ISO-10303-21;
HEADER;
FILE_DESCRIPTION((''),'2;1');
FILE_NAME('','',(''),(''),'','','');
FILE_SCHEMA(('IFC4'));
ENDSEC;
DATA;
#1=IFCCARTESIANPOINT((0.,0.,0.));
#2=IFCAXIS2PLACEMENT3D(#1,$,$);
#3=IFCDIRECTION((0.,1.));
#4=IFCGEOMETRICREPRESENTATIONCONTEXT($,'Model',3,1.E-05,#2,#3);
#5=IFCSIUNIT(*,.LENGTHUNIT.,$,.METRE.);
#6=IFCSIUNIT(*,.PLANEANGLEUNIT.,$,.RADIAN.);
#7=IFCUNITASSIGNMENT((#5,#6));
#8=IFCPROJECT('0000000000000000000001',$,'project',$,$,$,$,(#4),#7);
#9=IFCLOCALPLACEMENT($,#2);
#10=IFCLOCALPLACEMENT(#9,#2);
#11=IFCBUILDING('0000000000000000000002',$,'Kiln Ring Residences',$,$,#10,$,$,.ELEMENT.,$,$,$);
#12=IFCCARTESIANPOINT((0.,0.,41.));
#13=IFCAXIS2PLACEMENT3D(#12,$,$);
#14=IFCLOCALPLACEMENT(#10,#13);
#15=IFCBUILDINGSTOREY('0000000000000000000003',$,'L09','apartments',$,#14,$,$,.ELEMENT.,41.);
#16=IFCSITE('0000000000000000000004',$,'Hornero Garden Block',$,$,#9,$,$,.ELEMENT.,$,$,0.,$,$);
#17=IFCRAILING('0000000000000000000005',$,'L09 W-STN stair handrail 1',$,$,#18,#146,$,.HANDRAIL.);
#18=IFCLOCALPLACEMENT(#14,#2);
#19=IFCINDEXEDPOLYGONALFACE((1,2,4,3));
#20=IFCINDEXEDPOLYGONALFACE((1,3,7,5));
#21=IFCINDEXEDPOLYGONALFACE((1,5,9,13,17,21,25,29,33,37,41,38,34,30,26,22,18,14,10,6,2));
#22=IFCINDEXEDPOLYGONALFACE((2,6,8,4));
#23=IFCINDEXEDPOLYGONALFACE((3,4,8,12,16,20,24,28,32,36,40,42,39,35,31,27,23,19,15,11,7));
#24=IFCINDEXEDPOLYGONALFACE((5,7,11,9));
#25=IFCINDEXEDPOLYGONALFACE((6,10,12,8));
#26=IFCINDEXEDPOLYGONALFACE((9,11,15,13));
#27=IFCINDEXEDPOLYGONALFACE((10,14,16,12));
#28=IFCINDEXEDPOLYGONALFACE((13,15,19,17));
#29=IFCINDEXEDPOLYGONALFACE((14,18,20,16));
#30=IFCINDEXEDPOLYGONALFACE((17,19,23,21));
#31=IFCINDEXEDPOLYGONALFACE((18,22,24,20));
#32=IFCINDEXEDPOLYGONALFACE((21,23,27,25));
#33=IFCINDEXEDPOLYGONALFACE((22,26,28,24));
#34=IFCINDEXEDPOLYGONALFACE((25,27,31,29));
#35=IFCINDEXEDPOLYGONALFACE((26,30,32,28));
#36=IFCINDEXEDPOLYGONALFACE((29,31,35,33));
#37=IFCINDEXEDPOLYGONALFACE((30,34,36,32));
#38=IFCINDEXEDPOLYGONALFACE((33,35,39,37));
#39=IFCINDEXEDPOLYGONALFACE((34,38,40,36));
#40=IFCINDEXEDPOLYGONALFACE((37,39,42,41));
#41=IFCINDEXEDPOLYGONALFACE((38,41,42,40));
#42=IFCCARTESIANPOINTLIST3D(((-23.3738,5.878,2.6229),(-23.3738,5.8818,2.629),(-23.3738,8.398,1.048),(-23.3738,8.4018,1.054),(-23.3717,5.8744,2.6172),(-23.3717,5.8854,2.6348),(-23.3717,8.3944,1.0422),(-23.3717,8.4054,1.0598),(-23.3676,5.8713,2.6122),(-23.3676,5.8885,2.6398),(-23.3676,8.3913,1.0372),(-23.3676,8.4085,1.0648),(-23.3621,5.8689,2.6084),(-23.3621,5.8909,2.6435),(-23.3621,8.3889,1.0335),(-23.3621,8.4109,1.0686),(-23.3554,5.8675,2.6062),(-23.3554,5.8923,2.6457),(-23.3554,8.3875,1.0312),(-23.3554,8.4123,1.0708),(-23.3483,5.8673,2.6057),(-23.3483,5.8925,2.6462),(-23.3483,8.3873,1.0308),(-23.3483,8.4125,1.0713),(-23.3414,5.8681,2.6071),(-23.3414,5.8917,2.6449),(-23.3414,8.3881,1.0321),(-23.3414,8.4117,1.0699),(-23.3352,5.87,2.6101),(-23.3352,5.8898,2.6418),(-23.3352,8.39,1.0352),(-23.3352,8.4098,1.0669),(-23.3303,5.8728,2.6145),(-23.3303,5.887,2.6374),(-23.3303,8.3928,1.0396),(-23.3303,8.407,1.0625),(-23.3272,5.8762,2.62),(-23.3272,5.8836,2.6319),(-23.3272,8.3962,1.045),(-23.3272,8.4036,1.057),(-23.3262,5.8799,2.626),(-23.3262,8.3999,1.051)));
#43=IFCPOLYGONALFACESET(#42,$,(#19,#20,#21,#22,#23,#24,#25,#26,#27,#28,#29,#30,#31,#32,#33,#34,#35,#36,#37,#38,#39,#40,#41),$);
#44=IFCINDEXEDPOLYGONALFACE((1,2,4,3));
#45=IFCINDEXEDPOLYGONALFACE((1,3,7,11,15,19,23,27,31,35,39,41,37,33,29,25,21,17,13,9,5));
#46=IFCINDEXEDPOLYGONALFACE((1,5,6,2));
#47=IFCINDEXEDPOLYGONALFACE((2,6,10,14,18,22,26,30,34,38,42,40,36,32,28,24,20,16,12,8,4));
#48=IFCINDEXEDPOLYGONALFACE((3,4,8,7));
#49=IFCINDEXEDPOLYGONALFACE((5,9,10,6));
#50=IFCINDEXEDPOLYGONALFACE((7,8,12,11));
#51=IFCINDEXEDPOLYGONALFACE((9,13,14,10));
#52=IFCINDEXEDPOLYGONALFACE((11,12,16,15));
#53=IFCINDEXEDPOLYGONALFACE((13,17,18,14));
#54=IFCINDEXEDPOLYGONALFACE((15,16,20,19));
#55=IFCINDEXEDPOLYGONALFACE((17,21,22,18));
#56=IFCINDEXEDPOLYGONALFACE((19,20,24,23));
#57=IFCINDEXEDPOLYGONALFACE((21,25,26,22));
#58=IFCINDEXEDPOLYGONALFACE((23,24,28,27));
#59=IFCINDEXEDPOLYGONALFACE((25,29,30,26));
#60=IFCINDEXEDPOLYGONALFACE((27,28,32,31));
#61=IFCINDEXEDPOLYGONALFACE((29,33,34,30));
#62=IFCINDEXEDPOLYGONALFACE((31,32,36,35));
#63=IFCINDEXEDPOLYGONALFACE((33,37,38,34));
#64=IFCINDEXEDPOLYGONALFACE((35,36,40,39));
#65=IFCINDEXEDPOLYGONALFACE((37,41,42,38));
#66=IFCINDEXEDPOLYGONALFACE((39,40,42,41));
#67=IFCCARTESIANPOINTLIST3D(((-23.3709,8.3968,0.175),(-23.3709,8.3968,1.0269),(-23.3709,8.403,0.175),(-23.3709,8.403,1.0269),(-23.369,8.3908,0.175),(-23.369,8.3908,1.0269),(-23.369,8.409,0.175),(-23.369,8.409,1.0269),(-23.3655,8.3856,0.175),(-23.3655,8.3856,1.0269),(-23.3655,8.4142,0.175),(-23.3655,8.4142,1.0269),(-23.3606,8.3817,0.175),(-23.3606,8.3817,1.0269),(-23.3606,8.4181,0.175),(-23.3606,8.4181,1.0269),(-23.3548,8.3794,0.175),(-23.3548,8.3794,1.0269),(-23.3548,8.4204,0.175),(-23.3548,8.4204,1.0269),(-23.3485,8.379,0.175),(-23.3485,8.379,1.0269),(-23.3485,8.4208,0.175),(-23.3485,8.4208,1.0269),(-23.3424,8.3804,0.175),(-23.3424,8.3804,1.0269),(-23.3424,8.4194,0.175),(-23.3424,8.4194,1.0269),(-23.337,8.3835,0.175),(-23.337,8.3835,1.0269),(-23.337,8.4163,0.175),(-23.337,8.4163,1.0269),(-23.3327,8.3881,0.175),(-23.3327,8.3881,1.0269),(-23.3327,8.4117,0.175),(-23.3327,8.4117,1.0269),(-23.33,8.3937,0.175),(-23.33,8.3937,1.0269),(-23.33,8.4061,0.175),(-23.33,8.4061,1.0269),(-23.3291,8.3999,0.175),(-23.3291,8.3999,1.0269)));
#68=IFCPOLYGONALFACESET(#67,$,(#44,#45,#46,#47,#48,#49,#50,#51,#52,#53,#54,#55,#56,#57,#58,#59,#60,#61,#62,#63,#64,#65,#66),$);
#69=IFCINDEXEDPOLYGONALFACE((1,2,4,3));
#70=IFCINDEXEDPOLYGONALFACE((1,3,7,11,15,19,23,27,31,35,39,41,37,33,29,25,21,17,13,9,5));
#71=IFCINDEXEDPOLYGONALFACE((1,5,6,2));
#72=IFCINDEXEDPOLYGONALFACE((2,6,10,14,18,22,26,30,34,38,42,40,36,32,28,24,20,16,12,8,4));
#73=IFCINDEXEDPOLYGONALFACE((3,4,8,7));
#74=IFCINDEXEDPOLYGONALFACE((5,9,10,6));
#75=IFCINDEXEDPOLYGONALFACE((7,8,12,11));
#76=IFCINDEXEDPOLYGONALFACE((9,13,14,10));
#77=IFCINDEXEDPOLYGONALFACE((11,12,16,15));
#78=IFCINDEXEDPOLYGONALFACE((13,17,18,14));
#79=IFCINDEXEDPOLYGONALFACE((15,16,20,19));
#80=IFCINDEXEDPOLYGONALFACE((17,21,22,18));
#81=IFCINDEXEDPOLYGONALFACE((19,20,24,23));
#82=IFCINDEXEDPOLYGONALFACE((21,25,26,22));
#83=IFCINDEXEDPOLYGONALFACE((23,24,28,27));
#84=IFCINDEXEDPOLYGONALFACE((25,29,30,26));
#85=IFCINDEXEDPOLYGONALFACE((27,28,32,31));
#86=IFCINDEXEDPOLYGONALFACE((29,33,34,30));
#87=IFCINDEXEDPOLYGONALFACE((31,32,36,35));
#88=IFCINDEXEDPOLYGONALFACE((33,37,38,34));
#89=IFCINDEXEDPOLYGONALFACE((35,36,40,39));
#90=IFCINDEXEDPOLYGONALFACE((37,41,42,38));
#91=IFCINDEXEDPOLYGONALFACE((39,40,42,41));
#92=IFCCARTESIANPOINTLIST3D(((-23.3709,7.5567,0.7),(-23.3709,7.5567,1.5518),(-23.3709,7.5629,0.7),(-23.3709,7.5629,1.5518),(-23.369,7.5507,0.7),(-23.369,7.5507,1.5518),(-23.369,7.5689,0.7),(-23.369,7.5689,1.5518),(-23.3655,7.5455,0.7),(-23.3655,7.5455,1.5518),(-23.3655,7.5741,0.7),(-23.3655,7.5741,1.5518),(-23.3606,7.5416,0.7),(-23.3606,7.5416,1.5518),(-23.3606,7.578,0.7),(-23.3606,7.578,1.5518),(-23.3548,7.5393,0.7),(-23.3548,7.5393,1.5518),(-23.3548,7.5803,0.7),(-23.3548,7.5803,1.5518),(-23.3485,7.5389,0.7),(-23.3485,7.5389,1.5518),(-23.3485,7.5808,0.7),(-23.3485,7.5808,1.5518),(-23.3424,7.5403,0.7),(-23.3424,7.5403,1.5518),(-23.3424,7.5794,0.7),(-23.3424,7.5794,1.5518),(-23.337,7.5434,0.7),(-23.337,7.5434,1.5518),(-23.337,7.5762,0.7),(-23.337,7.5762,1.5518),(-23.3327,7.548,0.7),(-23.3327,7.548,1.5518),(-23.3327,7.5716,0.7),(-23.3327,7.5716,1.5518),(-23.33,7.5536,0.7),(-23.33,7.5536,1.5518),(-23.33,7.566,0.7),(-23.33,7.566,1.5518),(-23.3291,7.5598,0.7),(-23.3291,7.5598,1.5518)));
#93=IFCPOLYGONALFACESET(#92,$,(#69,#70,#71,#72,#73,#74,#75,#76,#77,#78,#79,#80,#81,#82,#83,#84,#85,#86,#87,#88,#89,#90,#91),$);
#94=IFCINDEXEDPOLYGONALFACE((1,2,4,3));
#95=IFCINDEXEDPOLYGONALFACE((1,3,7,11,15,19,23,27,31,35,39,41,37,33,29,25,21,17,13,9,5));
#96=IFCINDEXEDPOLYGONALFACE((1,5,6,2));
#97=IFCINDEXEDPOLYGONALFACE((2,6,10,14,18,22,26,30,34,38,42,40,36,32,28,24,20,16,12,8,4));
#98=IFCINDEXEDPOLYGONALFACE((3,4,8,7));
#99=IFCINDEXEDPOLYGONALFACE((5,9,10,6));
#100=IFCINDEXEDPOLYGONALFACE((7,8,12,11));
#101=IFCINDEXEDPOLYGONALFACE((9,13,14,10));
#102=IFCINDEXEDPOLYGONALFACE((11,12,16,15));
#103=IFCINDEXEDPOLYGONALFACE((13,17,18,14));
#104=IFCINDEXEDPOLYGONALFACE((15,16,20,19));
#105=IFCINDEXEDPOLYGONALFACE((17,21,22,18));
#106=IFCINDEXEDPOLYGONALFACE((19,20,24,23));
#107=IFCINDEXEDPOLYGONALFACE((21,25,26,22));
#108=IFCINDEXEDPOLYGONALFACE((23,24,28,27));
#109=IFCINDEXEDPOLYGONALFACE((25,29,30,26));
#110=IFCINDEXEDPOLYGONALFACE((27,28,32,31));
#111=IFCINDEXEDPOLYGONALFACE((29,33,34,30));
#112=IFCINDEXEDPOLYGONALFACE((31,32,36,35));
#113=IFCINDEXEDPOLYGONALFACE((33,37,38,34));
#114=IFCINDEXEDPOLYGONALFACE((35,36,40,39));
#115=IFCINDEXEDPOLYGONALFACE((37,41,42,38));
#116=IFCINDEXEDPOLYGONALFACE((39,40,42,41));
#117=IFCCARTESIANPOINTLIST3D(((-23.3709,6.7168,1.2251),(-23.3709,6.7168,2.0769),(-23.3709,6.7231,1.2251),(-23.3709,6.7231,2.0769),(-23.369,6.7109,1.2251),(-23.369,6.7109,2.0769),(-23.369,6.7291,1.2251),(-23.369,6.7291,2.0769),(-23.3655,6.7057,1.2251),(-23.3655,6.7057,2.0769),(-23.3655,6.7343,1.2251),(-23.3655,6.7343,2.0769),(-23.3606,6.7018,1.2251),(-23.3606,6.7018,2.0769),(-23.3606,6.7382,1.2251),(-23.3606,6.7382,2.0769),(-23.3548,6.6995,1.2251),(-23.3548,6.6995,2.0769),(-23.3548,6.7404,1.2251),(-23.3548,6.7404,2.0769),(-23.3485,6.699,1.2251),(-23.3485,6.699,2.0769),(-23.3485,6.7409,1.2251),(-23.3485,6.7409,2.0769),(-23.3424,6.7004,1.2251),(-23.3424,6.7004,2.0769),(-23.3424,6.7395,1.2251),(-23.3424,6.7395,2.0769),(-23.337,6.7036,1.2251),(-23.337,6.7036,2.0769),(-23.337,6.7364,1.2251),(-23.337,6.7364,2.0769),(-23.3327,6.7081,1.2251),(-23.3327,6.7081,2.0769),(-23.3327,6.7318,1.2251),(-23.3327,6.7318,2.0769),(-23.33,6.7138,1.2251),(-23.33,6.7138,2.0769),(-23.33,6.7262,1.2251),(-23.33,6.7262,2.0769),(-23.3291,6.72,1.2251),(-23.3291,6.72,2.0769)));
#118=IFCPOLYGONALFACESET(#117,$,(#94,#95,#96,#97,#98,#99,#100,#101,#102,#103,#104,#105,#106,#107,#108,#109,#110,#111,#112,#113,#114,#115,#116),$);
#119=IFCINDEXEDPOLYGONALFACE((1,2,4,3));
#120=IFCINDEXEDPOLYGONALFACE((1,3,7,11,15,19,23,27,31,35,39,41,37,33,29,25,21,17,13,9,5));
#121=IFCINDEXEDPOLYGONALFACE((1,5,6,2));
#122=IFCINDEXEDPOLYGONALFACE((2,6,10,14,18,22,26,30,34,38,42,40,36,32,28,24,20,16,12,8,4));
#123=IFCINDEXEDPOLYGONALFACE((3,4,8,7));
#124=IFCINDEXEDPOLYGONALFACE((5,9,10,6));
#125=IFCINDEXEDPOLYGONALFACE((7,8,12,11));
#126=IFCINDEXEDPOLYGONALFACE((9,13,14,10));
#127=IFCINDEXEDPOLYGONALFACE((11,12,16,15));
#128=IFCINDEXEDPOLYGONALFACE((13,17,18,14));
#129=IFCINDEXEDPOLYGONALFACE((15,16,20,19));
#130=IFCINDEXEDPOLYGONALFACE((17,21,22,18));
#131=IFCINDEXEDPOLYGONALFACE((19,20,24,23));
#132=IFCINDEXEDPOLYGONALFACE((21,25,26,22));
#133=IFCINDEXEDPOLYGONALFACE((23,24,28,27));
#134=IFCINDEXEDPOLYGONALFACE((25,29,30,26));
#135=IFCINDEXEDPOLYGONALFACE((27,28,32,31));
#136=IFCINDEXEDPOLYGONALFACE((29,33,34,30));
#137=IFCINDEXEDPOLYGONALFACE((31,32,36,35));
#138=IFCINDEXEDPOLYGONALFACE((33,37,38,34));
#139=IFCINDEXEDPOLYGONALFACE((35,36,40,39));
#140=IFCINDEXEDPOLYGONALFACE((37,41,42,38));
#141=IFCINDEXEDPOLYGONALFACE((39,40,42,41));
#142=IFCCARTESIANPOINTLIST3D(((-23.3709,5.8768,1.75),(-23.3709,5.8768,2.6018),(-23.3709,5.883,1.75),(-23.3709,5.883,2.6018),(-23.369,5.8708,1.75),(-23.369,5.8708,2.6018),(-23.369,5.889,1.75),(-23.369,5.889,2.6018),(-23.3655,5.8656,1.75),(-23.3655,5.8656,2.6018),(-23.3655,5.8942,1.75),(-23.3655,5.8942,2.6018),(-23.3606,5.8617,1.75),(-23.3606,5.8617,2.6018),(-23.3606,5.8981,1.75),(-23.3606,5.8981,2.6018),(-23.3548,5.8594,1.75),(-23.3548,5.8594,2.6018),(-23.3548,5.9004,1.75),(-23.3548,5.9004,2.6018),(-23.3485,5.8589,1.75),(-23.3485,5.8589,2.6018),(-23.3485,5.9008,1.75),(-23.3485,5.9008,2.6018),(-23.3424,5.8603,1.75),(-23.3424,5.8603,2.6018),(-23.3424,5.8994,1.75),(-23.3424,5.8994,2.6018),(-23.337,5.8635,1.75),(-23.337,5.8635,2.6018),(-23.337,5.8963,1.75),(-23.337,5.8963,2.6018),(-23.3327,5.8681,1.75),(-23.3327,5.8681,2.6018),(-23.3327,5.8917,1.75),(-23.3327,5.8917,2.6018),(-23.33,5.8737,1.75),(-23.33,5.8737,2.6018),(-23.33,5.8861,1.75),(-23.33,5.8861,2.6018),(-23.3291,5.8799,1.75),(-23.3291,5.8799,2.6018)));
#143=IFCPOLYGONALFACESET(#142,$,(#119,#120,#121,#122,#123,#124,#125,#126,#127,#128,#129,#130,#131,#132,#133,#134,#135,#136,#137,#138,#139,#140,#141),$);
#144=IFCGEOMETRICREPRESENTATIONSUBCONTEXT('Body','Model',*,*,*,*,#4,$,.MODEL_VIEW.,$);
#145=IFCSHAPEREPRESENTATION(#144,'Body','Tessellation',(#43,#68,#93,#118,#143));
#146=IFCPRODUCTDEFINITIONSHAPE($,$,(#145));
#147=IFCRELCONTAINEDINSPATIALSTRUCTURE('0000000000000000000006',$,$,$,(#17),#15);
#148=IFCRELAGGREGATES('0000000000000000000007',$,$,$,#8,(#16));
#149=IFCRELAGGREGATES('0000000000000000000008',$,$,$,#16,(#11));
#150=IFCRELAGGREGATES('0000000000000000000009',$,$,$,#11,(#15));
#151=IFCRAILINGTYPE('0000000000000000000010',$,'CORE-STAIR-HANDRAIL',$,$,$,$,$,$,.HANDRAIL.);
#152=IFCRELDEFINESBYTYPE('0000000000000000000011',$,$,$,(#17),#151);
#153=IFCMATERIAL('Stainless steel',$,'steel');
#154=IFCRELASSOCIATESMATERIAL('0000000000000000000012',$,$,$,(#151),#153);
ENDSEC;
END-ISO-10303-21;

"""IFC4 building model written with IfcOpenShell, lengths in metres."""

from ifc_helpers import new_model, si_unit, direction, frame, origin, origin_2d, place, context, subcontext, project, spatial, circle, extrude, material, type_object, element, save


model = new_model("IFC4")

# Units and contexts
model_context = context("Model", 3, precision=1e-05, world=origin(), true_north=direction((0.0, 1.0)))
body_context = subcontext(model_context, "Body", "Model", "MODEL_VIEW")
ifc_project = project(units=[si_unit("LENGTHUNIT", "METRE"), si_unit("PLANEANGLEUNIT", "RADIAN")], contexts=[model_context])

# Site, building, storey
site_placement = place(None, origin())
site = spatial("IfcSite", under=ifc_project, at=site_placement, Name="Hornero Garden Block", CompositionType="ELEMENT", RefElevation=0.0)
building_placement = place(site_placement, origin())
building = spatial("IfcBuilding", under=site, at=building_placement, Name="Kiln Ring Residences", CompositionType="ELEMENT")
storey_placement = place(building_placement, frame((0.0, 0.0, 41.0)))
storey = spatial("IfcBuildingStorey", under=building, at=storey_placement, Name="L09", Description="apartments", CompositionType="ELEMENT", Elevation=41.0)

# Railing
ifc_material_1 = material(Name="Stainless steel", Category="steel")
railing_type_1 = type_object("IfcRailingType", Name="CORE-STAIR-HANDRAIL", PredefinedType="HANDRAIL", material=ifc_material_1)
railing_1_placement = place(storey_placement, frame((-23.3501, 8.3999, 0.175)))
element("IfcRailing", 1, at=railing_1_placement, inside=storey, type_object=railing_type_1, Name="L09 W-STN stair handrail 1", PredefinedType="HANDRAIL", context=body_context, shape_type="SweptSolid", body=[
    extrude(circle(Radius=0.0239, at=origin_2d()), frame((0.0, 0.0, 0.876), z_axis=(0.0, -0.848008, 0.529984), x_axis=(1.0, 0.0, 0.0)), (0.0, 0.0, 1.0), 2.9717),
    extrude(circle(Radius=0.021, at=origin_2d()), origin(), (0.0, 0.0, 1.0), 0.8518),
    extrude(circle(Radius=0.021, at=origin_2d()), frame((0.0, -0.8401, 0.5249)), (0.0, 0.0, 1.0), 0.8518),
    extrude(circle(Radius=0.021, at=origin_2d()), frame((0.0, -1.6799, 1.05)), (0.0, 0.0, 1.0), 0.8518),
    extrude(circle(Radius=0.021, at=origin_2d()), frame((0.0, -2.52, 1.575)), (0.0, 0.0, 1.0), 0.8518),
])

save(model, "model.ifc")
